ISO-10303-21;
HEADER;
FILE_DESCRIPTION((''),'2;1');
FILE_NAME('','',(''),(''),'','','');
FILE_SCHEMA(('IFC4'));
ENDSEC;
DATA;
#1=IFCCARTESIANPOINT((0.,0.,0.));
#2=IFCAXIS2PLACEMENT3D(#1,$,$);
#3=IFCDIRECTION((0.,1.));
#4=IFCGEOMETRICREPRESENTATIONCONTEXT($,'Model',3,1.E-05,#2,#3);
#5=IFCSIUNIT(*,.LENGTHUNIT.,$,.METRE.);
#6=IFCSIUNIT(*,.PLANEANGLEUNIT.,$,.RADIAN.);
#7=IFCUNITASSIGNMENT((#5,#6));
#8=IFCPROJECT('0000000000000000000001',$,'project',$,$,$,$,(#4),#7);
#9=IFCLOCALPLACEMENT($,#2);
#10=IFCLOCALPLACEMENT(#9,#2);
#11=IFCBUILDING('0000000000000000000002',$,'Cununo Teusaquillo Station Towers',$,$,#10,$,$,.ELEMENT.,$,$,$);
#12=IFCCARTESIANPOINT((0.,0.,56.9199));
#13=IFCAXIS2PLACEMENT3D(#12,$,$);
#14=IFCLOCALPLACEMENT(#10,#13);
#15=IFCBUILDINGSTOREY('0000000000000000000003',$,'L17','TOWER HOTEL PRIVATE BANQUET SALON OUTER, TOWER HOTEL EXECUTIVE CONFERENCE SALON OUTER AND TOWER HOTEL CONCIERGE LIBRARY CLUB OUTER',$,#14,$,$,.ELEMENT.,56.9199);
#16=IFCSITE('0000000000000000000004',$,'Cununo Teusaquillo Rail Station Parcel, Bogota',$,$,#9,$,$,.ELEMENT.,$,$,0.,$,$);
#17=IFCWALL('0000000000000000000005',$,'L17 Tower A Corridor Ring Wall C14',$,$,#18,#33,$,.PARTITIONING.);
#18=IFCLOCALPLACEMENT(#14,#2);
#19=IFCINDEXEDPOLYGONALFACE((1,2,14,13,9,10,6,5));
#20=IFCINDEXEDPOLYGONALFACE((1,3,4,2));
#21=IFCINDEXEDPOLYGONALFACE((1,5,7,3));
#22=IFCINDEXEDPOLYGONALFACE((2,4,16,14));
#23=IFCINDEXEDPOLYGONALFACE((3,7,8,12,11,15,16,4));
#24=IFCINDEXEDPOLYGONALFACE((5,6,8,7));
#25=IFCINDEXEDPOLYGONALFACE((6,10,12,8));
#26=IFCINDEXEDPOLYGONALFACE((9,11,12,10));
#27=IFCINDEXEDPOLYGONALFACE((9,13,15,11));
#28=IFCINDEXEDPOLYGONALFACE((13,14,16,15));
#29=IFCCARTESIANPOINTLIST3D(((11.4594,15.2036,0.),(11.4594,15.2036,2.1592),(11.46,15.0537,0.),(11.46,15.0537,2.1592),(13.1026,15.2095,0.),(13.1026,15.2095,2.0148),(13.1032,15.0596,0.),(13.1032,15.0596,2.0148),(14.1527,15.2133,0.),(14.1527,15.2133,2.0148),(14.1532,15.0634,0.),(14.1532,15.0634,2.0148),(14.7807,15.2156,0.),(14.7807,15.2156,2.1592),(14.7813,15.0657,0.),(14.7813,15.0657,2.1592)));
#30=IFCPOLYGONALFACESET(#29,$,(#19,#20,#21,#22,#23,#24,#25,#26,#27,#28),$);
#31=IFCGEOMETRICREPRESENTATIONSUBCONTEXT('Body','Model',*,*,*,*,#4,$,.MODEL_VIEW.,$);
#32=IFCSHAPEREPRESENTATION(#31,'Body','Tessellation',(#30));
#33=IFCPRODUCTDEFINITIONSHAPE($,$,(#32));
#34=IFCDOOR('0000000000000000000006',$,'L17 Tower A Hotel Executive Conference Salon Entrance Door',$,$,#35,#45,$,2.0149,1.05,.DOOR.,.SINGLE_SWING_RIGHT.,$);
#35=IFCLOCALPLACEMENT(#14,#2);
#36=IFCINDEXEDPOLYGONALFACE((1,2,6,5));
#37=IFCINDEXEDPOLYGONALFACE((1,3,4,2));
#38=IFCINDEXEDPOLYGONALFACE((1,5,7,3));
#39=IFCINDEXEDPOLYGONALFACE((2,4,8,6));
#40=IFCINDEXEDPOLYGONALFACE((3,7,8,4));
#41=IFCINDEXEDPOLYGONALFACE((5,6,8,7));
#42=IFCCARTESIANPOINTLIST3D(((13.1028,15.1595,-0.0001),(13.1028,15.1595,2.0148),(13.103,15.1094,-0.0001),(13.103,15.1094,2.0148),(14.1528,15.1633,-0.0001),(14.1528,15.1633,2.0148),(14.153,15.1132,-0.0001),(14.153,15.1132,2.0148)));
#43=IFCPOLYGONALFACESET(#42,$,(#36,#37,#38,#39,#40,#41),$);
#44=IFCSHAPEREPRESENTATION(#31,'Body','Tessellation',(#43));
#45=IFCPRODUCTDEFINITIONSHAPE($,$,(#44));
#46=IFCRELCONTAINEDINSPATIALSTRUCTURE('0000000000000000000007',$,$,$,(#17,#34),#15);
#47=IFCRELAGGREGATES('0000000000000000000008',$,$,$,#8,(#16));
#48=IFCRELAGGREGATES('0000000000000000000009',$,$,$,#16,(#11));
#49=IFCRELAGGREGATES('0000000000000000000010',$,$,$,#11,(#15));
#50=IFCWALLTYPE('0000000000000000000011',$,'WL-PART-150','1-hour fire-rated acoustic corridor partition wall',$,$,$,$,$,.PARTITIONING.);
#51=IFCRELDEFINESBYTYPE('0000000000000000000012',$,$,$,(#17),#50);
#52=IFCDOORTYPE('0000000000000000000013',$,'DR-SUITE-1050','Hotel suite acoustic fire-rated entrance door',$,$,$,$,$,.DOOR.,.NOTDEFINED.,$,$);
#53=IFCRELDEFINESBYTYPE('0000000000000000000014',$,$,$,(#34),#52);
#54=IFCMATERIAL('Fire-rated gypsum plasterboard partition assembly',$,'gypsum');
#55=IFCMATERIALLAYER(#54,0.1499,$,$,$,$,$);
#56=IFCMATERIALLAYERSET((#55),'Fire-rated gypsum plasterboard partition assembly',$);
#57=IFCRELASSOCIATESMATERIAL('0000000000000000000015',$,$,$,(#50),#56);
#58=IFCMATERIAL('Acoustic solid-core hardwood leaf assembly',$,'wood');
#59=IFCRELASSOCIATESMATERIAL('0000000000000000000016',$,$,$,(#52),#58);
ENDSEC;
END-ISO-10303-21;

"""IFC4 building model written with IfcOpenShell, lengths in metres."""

from ifc_helpers import new_model, si_unit, direction, frame, frame_2d, origin, place, context, subcontext, project, spatial, rectangle, extrude, source, transform, mapped, material, layer, layer_set, type_object, element, fill, save


model = new_model("IFC4")

# Units and contexts
model_context = context("Model", 3, precision=1e-05, world=origin(), true_north=direction((0.0, 1.0)))
body_context = subcontext(model_context, "Body", "Model", "MODEL_VIEW")
ifc_project = project(units=[si_unit("LENGTHUNIT", "METRE"), si_unit("PLANEANGLEUNIT", "RADIAN")], contexts=[model_context])

# Site, building, storey
site_placement = place(None, origin())
site = spatial("IfcSite", under=ifc_project, at=site_placement, Name="Cununo Teusaquillo Rail Station Parcel, Bogota", CompositionType="ELEMENT", RefElevation=0.0)
building_placement = place(site_placement, origin())
building = spatial("IfcBuilding", under=site, at=building_placement, Name="Cununo Teusaquillo Station Towers", CompositionType="ELEMENT")
storey_placement = place(building_placement, frame((0.0, 0.0, 56.9199)))
storey = spatial("IfcBuildingStorey", under=building, at=storey_placement, Name="L17", Description="TOWER HOTEL PRIVATE BANQUET SALON OUTER, TOWER HOTEL EXECUTIVE CONFERENCE SALON OUTER AND TOWER HOTEL CONCIERGE LIBRARY CLUB OUTER", CompositionType="ELEMENT", Elevation=56.9199)

# Shared definitions
ifc_material_1 = material(Name="Fire-rated gypsum plasterboard partition assembly", Category="gypsum")
ifc_layer_1 = layer(ifc_material_1, 0.1499)
ifc_layer_set_1 = layer_set([ifc_layer_1], Name="Fire-rated gypsum plasterboard partition assembly")
wall_type_1 = type_object("IfcWallType", Name="WL-PART-150", Description="1-hour fire-rated acoustic corridor partition wall", PredefinedType="PARTITIONING", material=ifc_layer_set_1)

# Wall, opening, door
wall_1_placement = place(storey_placement, frame((11.4597, 15.1287, 0.0), z_axis=(0.0, 0.0, 1.0), x_axis=(0.999994, 0.003602, 0.0)))
wall_1 = element("IfcWall", 1, at=wall_1_placement, inside=storey, type_object=wall_type_1, Name="L17 Tower A Corridor Ring Wall C14", PredefinedType="PARTITIONING", context=body_context, shape_type="SweptSolid", body=[
    extrude(rectangle(XDim=3.3213, YDim=0.1499, at=frame_2d((1.6606, 0.0))), origin(), (0.0, 0.0, 1.0), 2.1592),
])
shared_shape_1 = source(origin(), body_context, "Body", "SweptSolid", [
    extrude(rectangle(XDim=1.05, YDim=2.0149, at=frame_2d((0.5249, 1.0073))), frame((0.0, 0.085, 0.0), z_axis=(0.0, -1.0, 0.0), x_axis=(1.0, 0.0, 0.0)), (0.0, 0.0, 1.0), 0.1699),
])
opening_1_placement = place(wall_1_placement, frame((1.6433, 0.0, 0.0)))
opening_1 = element("IfcOpeningElement", 2, at=opening_1_placement, cuts=wall_1, PredefinedType="OPENING", context=body_context, shape_type="MappedRepresentation", body=[
    mapped(shared_shape_1, transform((0.0, 0.0, 0.0), x_axis=(1.0, 0.0, 0.0), y_axis=(0.0, 1.0, 0.0), z_axis=(0.0, 0.0, 1.0), scale=1.0)),
])
ifc_material_2 = material(Name="Acoustic solid-core hardwood leaf assembly", Category="wood")
door_type = type_object("IfcDoorType", Name="DR-SUITE-1050", Description="Hotel suite acoustic fire-rated entrance door", OperationType="NOTDEFINED", PredefinedType="DOOR", material=ifc_material_2)
shared_shape_2 = source(origin(), body_context, "Body", "SweptSolid", [
    extrude(rectangle(XDim=1.05, YDim=2.0149, at=frame_2d((0.5249, 1.0073))), frame((0.0, 0.0249, 0.0), z_axis=(0.0, -1.0, 0.0), x_axis=(1.0, 0.0, 0.0)), (0.0, 0.0, 1.0), 0.05),
])
door_placement = place(opening_1_placement, origin())
door = element("IfcDoor", 3, at=door_placement, inside=storey, type_object=door_type, Name="L17 Tower A Hotel Executive Conference Salon Entrance Door", OperationType="SINGLE_SWING_RIGHT", OverallHeight=2.0149, OverallWidth=1.05, PredefinedType="DOOR", context=body_context, shape_type="MappedRepresentation", body=[
    mapped(shared_shape_2, transform((0.0, 0.0, 0.0), x_axis=(1.0, 0.0, 0.0), y_axis=(0.0, 1.0, 0.0), z_axis=(0.0, 0.0, 1.0), scale=1.0)),
])
fill(opening_1, door)

save(model, "model.ifc")
